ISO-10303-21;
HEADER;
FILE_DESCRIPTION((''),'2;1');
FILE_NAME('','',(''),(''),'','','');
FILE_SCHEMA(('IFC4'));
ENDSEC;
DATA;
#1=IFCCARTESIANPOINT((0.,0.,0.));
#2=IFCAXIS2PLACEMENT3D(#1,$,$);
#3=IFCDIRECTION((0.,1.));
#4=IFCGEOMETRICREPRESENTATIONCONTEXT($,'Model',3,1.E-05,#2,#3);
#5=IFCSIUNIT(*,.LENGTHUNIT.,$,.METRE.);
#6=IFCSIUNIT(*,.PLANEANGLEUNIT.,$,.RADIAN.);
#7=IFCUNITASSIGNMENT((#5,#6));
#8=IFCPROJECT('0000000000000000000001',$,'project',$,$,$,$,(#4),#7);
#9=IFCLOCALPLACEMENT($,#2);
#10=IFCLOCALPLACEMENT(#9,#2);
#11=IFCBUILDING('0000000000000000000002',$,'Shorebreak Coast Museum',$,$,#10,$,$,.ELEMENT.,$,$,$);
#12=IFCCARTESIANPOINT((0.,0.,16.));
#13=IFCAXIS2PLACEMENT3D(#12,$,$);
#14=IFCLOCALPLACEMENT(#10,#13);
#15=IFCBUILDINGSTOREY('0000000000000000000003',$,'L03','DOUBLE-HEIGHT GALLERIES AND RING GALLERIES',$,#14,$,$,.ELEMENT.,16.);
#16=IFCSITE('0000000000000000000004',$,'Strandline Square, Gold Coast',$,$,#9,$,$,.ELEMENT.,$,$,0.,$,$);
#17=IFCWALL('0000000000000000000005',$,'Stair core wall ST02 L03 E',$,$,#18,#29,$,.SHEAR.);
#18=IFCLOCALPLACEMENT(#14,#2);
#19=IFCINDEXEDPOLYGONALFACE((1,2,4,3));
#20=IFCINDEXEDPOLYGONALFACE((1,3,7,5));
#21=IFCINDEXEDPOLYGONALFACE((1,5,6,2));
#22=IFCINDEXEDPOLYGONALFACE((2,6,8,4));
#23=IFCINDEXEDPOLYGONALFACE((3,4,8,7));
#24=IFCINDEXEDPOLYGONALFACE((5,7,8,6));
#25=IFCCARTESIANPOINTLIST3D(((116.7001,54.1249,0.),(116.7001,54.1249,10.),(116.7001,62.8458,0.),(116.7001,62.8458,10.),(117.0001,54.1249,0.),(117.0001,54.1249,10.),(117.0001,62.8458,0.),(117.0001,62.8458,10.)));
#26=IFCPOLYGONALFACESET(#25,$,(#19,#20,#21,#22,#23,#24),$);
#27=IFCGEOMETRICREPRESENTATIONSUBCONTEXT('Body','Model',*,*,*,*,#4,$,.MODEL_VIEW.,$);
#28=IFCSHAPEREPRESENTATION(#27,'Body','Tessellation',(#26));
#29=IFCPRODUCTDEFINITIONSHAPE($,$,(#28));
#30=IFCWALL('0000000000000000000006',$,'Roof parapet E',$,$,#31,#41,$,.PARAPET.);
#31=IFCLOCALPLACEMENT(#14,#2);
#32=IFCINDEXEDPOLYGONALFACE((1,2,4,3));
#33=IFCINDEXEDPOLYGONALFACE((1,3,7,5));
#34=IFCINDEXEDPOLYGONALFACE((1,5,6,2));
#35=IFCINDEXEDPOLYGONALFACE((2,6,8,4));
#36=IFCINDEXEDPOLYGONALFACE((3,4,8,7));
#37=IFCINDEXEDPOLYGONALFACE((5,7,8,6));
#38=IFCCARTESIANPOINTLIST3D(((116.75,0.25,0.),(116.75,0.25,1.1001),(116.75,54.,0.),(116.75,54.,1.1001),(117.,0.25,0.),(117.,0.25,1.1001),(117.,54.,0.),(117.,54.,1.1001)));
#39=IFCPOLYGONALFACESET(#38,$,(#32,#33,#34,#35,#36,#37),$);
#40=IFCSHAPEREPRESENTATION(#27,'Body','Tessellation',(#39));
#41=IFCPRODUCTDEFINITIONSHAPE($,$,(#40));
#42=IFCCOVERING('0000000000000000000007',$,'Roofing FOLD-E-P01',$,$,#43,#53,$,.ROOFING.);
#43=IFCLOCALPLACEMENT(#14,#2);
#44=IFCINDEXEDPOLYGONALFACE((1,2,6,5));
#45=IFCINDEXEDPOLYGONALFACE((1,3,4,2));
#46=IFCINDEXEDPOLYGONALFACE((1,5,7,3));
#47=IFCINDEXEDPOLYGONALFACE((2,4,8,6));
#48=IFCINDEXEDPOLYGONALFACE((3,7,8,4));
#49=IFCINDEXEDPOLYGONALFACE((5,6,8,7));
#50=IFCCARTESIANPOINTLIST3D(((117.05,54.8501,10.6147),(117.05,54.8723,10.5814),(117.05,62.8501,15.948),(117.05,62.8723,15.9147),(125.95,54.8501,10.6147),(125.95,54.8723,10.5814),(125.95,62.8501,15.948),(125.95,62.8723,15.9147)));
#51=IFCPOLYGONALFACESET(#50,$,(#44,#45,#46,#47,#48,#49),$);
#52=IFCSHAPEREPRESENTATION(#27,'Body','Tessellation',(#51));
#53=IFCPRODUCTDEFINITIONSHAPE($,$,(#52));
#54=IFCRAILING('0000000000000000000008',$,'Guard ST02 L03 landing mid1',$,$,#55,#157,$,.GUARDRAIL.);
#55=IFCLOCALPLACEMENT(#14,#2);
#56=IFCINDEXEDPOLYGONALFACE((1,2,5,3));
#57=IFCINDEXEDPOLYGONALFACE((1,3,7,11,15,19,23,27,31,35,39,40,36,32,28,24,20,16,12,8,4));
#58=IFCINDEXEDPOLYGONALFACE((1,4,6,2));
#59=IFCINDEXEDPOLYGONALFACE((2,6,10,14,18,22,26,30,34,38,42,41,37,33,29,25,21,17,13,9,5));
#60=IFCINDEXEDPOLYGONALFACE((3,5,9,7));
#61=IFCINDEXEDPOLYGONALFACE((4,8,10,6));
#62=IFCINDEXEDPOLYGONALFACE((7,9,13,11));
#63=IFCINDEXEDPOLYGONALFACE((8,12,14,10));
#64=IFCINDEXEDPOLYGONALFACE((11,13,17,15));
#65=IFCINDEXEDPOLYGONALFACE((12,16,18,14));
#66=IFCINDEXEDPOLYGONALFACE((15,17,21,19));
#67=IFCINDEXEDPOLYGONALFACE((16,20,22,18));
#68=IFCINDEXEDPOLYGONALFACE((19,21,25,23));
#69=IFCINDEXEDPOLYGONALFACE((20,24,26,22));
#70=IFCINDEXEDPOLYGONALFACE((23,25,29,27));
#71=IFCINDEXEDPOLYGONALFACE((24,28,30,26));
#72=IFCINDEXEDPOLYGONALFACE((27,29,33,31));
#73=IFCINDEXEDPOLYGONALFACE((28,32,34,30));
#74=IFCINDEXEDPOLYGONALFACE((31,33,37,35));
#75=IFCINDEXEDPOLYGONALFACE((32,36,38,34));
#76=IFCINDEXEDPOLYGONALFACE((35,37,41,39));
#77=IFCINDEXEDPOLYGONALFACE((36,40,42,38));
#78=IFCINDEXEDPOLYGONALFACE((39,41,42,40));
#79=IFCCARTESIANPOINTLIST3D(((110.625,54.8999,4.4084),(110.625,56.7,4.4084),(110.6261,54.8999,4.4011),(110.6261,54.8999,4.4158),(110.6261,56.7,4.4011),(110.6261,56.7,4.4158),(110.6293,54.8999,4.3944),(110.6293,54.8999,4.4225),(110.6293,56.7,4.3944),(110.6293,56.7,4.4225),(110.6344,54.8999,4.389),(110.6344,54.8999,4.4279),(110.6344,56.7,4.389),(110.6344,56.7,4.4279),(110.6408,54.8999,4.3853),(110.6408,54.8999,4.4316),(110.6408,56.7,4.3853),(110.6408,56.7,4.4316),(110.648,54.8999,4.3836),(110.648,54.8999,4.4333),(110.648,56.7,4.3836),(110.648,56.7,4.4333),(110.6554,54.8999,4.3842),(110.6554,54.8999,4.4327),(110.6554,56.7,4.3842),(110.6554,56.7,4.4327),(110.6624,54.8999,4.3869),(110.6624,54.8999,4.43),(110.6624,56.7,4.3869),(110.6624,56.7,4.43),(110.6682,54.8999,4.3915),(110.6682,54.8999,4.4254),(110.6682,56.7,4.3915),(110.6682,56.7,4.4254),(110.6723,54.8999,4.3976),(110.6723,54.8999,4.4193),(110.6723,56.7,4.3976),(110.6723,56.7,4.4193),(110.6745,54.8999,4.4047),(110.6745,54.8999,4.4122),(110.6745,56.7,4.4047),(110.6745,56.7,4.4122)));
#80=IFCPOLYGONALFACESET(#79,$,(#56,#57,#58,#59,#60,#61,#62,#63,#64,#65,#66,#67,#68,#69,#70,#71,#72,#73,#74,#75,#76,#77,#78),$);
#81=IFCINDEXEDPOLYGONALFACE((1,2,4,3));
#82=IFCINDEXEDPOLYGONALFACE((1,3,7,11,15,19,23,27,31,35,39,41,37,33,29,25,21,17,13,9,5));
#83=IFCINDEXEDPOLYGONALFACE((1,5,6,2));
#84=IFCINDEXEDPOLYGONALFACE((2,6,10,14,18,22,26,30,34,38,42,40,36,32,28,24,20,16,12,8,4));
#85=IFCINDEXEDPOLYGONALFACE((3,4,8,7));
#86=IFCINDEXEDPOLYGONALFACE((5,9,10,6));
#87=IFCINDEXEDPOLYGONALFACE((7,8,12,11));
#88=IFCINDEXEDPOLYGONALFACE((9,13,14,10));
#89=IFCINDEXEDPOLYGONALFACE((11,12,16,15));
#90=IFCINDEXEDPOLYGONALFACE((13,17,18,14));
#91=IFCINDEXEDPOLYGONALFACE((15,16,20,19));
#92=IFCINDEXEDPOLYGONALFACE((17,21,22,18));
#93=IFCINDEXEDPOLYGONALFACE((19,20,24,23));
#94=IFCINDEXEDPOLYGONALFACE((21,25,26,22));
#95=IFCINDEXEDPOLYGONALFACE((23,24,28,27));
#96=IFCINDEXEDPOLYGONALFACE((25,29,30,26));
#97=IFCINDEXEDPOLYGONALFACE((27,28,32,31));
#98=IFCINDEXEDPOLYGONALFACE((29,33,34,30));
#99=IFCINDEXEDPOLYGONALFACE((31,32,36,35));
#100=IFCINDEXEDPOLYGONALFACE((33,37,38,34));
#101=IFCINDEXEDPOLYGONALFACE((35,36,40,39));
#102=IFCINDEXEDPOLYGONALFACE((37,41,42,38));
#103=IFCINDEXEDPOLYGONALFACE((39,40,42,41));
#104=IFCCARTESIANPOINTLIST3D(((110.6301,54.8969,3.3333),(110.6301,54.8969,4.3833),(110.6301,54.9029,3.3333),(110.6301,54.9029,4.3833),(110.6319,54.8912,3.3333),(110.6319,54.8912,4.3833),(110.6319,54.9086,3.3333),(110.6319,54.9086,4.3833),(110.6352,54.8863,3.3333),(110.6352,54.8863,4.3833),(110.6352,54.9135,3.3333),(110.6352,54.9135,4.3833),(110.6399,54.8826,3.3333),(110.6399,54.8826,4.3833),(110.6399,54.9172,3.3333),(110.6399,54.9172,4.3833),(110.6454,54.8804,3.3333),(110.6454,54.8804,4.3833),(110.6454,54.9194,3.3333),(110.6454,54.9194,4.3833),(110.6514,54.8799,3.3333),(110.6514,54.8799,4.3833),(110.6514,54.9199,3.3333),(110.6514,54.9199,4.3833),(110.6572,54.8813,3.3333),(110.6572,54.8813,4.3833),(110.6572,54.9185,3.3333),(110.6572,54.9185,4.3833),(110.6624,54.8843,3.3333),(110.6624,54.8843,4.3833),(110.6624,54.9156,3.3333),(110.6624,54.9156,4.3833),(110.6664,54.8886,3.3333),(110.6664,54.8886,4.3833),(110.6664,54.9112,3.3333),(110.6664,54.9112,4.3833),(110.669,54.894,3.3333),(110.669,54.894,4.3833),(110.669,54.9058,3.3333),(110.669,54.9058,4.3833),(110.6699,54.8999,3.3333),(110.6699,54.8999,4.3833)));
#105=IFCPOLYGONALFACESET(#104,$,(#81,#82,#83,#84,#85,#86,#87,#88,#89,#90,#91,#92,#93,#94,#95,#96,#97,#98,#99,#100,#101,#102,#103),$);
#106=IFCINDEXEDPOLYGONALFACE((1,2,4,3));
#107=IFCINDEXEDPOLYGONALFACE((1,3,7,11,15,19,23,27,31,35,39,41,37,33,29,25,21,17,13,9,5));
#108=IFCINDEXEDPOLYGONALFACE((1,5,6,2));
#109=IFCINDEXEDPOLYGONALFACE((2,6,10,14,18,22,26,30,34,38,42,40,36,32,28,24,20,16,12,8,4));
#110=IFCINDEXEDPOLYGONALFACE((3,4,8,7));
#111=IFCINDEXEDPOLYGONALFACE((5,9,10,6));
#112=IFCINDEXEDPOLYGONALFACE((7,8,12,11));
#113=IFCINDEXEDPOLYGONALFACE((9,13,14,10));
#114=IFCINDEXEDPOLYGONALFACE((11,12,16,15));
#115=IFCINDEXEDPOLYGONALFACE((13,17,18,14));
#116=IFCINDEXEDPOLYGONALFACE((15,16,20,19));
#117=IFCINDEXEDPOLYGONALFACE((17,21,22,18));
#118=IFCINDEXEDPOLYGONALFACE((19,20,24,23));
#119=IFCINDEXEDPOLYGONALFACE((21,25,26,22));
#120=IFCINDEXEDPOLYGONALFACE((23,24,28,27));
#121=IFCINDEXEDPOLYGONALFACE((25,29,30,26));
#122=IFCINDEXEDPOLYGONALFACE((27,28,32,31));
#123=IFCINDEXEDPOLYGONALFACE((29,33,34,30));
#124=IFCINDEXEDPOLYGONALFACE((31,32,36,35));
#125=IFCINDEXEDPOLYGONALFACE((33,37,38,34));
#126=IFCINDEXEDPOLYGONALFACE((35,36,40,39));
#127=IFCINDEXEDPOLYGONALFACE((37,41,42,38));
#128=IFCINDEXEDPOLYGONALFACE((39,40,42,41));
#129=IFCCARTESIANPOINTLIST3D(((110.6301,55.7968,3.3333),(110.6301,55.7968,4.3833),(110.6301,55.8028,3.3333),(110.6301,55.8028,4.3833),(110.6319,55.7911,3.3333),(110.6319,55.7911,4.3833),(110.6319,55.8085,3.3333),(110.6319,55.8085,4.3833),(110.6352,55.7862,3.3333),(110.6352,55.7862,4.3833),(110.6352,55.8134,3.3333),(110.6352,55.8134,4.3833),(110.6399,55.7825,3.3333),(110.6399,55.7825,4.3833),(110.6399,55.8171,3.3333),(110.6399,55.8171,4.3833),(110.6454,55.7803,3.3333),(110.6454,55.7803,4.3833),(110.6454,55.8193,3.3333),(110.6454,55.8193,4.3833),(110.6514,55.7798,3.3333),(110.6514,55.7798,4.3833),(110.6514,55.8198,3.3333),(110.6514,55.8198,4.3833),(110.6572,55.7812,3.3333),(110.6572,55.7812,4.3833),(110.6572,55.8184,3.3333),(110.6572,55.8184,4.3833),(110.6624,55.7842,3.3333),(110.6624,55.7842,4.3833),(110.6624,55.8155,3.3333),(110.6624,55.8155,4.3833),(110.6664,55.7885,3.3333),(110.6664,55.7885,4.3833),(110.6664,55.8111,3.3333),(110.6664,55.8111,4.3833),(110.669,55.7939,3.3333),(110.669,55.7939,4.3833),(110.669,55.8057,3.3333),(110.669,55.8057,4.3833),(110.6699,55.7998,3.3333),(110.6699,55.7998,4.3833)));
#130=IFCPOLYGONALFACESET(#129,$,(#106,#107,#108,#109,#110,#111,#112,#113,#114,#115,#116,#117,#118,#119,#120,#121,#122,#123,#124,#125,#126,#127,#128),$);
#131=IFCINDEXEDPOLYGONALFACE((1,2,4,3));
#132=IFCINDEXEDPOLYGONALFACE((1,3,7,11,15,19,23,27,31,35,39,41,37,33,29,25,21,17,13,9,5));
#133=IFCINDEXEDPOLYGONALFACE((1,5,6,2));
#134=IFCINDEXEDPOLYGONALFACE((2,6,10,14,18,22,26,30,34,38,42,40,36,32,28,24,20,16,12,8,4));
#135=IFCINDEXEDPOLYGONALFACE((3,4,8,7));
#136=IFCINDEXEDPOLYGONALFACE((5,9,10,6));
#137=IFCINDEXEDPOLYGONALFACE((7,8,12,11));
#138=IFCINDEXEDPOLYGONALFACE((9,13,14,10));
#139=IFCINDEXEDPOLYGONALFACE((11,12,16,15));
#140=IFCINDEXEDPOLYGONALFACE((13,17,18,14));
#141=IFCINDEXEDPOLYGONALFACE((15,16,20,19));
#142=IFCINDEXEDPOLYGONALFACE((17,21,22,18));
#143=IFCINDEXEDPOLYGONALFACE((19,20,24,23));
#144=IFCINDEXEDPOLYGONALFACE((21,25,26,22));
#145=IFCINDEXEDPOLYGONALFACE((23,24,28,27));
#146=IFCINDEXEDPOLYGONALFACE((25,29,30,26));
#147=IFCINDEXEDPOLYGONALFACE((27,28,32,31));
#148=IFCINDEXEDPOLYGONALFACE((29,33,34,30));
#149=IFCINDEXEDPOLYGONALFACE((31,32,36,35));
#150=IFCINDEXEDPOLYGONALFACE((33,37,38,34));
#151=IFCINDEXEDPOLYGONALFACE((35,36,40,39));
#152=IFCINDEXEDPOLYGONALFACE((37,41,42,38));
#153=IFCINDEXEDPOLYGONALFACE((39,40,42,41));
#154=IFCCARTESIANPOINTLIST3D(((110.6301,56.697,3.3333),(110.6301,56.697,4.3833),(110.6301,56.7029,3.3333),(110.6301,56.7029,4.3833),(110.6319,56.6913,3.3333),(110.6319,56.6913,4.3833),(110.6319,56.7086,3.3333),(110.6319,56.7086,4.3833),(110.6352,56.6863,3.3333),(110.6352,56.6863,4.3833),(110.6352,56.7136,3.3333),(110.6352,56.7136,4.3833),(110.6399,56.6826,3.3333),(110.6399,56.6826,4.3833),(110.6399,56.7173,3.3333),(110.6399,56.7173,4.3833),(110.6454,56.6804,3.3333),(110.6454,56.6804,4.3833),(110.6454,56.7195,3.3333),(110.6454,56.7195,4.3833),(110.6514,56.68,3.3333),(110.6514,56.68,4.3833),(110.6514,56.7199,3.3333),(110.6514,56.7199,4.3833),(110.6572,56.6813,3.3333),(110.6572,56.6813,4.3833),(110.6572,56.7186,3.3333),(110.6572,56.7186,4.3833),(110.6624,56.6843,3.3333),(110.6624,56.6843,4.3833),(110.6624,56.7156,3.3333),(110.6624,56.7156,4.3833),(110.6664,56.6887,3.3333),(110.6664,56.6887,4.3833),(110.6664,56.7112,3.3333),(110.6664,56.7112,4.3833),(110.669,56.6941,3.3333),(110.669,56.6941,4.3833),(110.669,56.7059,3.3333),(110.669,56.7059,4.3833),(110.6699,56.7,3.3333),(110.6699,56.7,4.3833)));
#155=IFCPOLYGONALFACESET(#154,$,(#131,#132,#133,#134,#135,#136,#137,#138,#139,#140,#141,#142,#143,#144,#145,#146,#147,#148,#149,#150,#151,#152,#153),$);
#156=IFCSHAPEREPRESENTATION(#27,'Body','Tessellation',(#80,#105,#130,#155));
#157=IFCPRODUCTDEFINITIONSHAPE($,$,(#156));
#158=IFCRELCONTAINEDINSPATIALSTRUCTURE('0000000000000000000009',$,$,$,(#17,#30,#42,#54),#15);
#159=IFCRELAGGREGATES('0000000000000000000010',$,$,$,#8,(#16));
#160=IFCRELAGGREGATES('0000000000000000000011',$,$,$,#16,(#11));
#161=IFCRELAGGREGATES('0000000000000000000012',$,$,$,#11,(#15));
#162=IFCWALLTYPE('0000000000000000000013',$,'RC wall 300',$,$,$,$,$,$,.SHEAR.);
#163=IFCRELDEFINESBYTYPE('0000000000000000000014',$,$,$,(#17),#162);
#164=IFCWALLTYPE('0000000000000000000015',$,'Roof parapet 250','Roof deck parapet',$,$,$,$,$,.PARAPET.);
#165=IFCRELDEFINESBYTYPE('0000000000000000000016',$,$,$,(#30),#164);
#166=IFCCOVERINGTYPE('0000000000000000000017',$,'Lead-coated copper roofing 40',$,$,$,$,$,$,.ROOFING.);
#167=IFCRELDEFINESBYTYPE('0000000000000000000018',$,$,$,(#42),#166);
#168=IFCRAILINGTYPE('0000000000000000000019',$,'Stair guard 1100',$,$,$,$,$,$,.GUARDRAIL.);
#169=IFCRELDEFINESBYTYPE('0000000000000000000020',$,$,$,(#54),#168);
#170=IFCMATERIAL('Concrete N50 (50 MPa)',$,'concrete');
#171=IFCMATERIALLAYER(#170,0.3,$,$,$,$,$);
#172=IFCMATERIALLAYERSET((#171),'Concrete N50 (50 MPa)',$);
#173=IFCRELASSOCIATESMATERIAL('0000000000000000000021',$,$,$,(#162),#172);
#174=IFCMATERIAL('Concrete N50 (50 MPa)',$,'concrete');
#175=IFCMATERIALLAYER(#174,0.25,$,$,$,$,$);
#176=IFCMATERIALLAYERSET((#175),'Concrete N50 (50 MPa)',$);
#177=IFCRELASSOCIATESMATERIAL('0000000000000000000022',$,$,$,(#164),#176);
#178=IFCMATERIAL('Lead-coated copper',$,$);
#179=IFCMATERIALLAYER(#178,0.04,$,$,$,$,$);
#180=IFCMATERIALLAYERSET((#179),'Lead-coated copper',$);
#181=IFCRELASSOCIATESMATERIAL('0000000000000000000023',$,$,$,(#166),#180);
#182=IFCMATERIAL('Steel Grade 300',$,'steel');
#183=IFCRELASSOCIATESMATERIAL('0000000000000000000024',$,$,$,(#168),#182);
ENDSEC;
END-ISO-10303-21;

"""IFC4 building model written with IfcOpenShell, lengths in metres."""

from ifc_helpers import new_model, si_unit, direction, frame, frame_2d, origin, origin_2d, place, context, subcontext, project, spatial, polyline, rectangle, circle, outline, extrude, material, layer, layer_set, type_object, element, save


model = new_model("IFC4")

# Units and contexts
model_context = context("Model", 3, precision=1e-05, world=origin(), true_north=direction((0.0, 1.0)))
body_context = subcontext(model_context, "Body", "Model", "MODEL_VIEW")
ifc_project = project(units=[si_unit("LENGTHUNIT", "METRE"), si_unit("PLANEANGLEUNIT", "RADIAN")], contexts=[model_context])

# Site, building, storey
site_placement = place(None, origin())
site = spatial("IfcSite", under=ifc_project, at=site_placement, Name="Strandline Square, Gold Coast", CompositionType="ELEMENT", RefElevation=0.0)
building_placement = place(site_placement, origin())
building = spatial("IfcBuilding", under=site, at=building_placement, Name="Shorebreak Coast Museum", CompositionType="ELEMENT")
storey_placement = place(building_placement, frame((0.0, 0.0, 16.0)))
storey = spatial("IfcBuildingStorey", under=building, at=storey_placement, Name="L03", Description="DOUBLE-HEIGHT GALLERIES AND RING GALLERIES", CompositionType="ELEMENT", Elevation=16.0)

# Shared definitions
ifc_material_1 = material(Name="Concrete N50 (50 MPa)", Category="concrete")
ifc_layer_1 = layer(ifc_material_1, 0.3)
ifc_layer_set_1 = layer_set([ifc_layer_1], Name="Concrete N50 (50 MPa)")
wall_type_1 = type_object("IfcWallType", Name="RC wall 300", PredefinedType="SHEAR", material=ifc_layer_set_1)

# Walls
wall_1_placement = place(storey_placement, frame((116.8501, 54.125, 0.0), z_axis=(0.0, 0.0, 1.0), x_axis=(0.0, 1.0, 0.0)))
element("IfcWall", 1, at=wall_1_placement, inside=storey, type_object=wall_type_1, Name="Stair core wall ST02 L03 E", PredefinedType="SHEAR", context=body_context, shape_type="SweptSolid", body=[
    extrude(rectangle(XDim=8.7209, YDim=0.3, at=frame_2d((4.3604, 0.0))), origin(), (0.0, 0.0, 1.0), 10.0),
])
ifc_material_2 = material(Name="Concrete N50 (50 MPa)", Category="concrete")
ifc_layer_2 = layer(ifc_material_2, 0.25)
ifc_layer_set_2 = layer_set([ifc_layer_2], Name="Concrete N50 (50 MPa)")
wall_type_2 = type_object("IfcWallType", Name="Roof parapet 250", Description="Roof deck parapet", PredefinedType="PARAPET", material=ifc_layer_set_2)
wall_2_placement = place(storey_placement, frame((116.875, 0.25, 0.0), z_axis=(0.0, 0.0, 1.0), x_axis=(0.0, 1.0, 0.0)))
element("IfcWall", 2, at=wall_2_placement, inside=storey, type_object=wall_type_2, Name="Roof parapet E", PredefinedType="PARAPET", context=body_context, shape_type="SweptSolid", body=[
    extrude(rectangle(XDim=53.75, YDim=0.25, at=frame_2d((26.875, 0.0))), origin(), (0.0, 0.0, 1.0), 1.1001),
])

# Covering
ifc_material_3 = material(Name="Lead-coated copper")
ifc_layer_3 = layer(ifc_material_3, 0.04)
ifc_layer_set_3 = layer_set([ifc_layer_3], Name="Lead-coated copper")
covering_type_1 = type_object("IfcCoveringType", Name="Lead-coated copper roofing 40", PredefinedType="ROOFING", material=ifc_layer_set_3)
covering_1_placement = place(storey_placement, frame((117.05, 54.8501, 10.6147), z_axis=(0.0, -0.554694, 0.832054), x_axis=(1.0, 0.0, 0.0)))
element("IfcCovering", 3, at=covering_1_placement, inside=storey, type_object=covering_type_1, Name="Roofing FOLD-E-P01", PredefinedType="ROOFING", context=body_context, shape_type="SweptSolid", body=[
    extrude(outline(polyline([(0.0, 0.0), (8.8999, 0.0), (8.8999, 9.6148), (0.0, 9.6148), (0.0, 0.0)])), origin(), (0.0, 0.0, -1.0), 0.04),
])

# Railing
ifc_material_4 = material(Name="Steel Grade 300", Category="steel")
railing_type_1 = type_object("IfcRailingType", Name="Stair guard 1100", PredefinedType="GUARDRAIL", material=ifc_material_4)
railing_1_placement = place(storey_placement, frame((110.6499, 54.8999, 3.3333)))
element("IfcRailing", 4, at=railing_1_placement, inside=storey, type_object=railing_type_1, Name="Guard ST02 L03 landing mid1", PredefinedType="GUARDRAIL", context=body_context, shape_type="SweptSolid", body=[
    extrude(circle(Radius=0.0249, at=origin_2d()), frame((0.0, 0.0, 1.0752), z_axis=(0.0, 1.0, 0.0), x_axis=(-1.0, 0.0, 0.0)), (0.0, 0.0, 1.0), 1.8),
    extrude(circle(Radius=0.02, at=origin_2d()), origin(), (0.0, 0.0, 1.0), 1.05),
    extrude(circle(Radius=0.02, at=origin_2d()), frame((0.0, 0.8999, 0.0)), (0.0, 0.0, 1.0), 1.05),
    extrude(circle(Radius=0.02, at=origin_2d()), frame((0.0, 1.8, 0.0)), (0.0, 0.0, 1.0), 1.05),
])

save(model, "model.ifc")
